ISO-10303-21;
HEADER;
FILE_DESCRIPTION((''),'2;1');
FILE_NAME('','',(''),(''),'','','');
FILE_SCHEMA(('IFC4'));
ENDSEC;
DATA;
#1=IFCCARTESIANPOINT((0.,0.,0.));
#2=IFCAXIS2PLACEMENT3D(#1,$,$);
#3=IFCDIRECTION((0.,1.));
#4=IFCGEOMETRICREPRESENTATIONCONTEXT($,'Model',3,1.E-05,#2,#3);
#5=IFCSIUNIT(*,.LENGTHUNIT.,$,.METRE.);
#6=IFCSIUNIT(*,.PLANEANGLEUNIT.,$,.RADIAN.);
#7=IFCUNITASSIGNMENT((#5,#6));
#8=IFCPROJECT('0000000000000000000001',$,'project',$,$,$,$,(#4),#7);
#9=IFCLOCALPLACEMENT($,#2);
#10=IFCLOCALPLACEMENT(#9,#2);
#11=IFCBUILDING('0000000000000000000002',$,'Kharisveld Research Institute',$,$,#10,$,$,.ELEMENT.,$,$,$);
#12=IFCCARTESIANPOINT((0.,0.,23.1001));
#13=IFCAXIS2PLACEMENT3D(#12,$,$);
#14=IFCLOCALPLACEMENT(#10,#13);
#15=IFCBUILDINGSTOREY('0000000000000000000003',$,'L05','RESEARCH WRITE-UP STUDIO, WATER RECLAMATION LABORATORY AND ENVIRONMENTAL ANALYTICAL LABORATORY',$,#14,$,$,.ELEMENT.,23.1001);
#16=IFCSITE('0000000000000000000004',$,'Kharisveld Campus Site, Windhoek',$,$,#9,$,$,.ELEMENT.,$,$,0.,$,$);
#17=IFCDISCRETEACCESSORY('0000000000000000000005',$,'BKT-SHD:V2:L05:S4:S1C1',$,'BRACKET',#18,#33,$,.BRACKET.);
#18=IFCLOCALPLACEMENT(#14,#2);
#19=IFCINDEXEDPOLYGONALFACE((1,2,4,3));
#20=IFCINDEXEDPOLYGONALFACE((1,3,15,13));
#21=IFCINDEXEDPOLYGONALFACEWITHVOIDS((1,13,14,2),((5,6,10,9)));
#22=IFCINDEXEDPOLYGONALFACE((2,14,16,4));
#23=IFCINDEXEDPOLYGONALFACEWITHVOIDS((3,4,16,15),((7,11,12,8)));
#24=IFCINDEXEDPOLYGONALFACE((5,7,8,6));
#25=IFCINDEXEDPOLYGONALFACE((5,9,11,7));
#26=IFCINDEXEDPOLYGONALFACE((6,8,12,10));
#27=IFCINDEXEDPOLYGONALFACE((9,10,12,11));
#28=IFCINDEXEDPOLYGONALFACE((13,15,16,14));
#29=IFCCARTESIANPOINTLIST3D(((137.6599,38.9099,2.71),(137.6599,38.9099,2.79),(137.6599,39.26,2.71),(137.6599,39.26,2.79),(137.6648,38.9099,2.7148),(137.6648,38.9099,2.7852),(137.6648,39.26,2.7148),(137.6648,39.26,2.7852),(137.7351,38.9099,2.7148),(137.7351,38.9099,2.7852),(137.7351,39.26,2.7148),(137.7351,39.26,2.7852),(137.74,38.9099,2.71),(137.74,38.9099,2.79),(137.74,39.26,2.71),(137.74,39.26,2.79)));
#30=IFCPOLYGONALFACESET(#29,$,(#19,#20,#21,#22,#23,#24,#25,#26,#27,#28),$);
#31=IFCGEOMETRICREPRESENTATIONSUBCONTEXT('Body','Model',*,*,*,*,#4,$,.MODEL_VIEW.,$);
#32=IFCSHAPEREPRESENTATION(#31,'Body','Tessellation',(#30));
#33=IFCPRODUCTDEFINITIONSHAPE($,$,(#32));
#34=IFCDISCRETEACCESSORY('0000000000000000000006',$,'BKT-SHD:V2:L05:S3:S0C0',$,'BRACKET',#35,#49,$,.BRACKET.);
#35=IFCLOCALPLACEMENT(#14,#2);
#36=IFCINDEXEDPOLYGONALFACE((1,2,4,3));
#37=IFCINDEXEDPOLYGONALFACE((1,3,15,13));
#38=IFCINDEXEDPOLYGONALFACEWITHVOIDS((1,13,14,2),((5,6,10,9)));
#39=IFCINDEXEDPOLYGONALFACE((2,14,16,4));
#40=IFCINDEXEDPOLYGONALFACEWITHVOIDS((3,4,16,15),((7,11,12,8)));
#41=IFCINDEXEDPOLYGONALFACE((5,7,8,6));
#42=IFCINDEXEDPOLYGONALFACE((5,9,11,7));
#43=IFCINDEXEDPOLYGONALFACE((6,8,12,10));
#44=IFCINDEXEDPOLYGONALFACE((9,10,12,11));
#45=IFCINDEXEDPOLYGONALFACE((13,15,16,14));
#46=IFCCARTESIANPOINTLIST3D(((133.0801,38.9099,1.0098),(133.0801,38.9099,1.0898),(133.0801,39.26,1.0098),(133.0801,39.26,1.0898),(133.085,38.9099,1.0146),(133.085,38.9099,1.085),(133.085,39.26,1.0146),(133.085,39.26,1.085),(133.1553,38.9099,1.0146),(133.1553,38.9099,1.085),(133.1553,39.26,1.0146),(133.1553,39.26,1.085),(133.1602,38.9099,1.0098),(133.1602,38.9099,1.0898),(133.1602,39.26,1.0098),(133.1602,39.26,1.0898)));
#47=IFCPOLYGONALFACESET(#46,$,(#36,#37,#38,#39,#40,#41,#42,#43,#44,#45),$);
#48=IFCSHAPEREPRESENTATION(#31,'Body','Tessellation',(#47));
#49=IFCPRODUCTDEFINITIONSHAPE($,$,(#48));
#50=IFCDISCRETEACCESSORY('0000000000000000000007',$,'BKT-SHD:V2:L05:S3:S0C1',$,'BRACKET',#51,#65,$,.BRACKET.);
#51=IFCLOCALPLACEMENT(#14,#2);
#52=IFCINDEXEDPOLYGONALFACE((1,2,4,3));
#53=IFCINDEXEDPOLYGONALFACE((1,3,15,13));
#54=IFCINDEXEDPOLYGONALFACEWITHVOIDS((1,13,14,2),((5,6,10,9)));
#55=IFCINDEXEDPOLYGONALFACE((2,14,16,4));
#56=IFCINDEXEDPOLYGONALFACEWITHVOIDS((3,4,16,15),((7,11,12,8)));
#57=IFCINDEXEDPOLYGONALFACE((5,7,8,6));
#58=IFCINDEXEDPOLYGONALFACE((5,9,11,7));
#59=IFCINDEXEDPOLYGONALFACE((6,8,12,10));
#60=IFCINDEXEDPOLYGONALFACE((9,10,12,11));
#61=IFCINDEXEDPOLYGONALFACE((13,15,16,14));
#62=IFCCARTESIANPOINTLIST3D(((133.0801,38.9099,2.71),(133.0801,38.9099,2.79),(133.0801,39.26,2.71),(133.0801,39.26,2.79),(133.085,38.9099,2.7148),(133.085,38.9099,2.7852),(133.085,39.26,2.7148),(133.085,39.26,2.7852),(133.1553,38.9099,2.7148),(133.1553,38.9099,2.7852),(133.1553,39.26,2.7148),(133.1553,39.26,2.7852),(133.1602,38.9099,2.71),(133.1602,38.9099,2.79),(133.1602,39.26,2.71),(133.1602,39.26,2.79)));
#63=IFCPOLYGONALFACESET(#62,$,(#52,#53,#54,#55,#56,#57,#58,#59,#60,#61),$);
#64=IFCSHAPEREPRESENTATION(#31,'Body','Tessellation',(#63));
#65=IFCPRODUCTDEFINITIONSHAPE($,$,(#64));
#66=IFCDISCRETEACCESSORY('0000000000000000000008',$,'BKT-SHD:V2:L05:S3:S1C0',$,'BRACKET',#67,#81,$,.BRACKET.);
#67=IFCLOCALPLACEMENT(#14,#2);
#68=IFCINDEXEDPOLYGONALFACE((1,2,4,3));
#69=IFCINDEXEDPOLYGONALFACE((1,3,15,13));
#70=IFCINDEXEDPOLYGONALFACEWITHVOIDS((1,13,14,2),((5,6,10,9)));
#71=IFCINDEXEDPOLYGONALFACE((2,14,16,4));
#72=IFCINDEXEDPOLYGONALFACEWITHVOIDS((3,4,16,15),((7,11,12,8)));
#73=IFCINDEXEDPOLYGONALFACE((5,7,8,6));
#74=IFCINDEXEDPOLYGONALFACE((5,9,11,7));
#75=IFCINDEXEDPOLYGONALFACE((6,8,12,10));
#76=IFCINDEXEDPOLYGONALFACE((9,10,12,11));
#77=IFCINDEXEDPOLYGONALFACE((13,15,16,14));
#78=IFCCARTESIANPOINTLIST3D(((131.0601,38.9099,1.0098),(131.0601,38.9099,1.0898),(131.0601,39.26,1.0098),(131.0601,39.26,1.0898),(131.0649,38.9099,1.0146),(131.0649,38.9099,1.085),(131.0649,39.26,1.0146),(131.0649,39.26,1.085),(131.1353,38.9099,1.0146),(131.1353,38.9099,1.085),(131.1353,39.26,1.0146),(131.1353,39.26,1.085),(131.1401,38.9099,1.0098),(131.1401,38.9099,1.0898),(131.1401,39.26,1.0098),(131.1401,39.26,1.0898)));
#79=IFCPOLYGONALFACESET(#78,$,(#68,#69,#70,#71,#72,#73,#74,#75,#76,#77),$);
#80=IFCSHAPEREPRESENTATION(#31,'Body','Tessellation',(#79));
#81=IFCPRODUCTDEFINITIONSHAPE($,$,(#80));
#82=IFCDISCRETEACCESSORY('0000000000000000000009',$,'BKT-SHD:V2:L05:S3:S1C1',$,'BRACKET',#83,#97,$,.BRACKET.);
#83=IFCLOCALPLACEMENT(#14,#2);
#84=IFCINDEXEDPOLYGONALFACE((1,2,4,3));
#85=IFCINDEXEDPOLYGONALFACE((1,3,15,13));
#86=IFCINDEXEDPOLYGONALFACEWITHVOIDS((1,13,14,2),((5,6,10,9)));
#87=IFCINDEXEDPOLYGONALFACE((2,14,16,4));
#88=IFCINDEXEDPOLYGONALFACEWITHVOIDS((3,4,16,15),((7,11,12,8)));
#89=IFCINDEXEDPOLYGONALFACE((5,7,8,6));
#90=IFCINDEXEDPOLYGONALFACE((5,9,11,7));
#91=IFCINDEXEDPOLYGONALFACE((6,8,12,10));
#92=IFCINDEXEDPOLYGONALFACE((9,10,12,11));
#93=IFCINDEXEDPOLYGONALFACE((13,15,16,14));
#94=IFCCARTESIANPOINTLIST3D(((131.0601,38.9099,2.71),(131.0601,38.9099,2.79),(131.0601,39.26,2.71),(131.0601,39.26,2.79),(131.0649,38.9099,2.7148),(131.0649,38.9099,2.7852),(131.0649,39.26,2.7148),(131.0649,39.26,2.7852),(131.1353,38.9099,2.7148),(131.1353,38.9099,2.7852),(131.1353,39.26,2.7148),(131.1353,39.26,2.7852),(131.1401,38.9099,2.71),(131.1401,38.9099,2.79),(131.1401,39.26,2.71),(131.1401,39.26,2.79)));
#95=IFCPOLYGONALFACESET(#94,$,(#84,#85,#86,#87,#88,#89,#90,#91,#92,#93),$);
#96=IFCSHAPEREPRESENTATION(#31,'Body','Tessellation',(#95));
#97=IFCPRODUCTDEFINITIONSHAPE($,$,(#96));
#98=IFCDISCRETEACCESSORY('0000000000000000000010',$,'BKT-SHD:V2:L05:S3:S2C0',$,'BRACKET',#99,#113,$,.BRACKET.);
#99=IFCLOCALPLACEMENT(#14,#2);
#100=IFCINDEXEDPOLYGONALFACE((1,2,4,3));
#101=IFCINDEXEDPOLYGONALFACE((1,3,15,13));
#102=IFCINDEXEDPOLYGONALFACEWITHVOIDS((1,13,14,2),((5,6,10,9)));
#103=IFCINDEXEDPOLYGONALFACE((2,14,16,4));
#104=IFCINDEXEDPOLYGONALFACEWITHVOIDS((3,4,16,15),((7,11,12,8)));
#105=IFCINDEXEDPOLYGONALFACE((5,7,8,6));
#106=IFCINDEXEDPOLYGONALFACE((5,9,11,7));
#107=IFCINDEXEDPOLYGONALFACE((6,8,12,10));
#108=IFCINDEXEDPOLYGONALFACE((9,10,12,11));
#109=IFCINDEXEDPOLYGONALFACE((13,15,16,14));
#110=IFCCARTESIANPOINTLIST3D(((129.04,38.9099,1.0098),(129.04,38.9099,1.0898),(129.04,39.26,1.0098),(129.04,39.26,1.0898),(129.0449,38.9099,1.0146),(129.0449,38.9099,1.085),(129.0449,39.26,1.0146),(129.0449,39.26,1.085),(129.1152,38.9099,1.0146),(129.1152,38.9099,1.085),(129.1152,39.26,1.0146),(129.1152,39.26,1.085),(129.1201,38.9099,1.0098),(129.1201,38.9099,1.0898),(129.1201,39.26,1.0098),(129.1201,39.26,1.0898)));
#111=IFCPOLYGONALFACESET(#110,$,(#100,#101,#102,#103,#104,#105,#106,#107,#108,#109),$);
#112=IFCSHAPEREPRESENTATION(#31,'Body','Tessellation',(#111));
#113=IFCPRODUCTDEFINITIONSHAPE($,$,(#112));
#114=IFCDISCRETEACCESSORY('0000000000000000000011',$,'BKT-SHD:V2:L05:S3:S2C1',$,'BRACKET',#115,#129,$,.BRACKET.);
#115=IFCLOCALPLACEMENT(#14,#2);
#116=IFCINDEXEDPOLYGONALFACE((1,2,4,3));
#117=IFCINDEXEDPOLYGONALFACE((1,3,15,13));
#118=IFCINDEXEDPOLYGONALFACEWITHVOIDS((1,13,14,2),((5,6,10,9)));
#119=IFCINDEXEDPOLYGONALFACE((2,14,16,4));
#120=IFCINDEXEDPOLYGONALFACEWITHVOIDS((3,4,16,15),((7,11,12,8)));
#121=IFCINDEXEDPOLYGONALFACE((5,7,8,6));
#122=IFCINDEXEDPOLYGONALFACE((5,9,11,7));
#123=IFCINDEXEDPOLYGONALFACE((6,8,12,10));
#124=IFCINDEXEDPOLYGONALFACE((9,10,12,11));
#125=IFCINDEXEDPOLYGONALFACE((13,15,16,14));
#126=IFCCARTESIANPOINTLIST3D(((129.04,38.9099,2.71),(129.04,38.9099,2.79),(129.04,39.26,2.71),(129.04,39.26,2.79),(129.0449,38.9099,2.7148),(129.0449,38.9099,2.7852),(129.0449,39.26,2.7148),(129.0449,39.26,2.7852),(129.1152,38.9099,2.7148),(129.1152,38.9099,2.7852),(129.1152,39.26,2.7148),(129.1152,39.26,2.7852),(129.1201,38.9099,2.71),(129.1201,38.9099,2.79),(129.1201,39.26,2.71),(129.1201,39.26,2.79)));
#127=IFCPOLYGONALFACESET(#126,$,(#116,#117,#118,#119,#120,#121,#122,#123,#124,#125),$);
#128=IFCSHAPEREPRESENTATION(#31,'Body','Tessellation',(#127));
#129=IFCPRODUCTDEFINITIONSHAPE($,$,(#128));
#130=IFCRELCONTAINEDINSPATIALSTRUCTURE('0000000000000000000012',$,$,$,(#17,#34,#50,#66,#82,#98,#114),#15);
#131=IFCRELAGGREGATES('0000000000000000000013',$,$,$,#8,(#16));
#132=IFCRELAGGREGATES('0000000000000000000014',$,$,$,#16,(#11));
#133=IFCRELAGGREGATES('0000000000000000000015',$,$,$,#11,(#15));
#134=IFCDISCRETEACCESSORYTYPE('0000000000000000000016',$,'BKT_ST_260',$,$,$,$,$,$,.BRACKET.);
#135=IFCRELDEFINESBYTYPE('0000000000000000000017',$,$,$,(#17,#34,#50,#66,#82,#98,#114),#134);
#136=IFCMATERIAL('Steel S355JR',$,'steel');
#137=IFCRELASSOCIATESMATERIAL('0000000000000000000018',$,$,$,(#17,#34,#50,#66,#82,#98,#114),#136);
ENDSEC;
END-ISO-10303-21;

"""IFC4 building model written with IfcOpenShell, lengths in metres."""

from ifc_helpers import new_model, si_unit, direction, frame, origin, origin_2d, place, context, subcontext, project, spatial, hollow_rectangle, extrude, material, type_object, element, save


model = new_model("IFC4")

# Units and contexts
model_context = context("Model", 3, precision=1e-05, world=origin(), true_north=direction((0.0, 1.0)))
body_context = subcontext(model_context, "Body", "Model", "MODEL_VIEW")
ifc_project = project(units=[si_unit("LENGTHUNIT", "METRE"), si_unit("PLANEANGLEUNIT", "RADIAN")], contexts=[model_context])

# Site, building, storey
site_placement = place(None, origin())
site = spatial("IfcSite", under=ifc_project, at=site_placement, Name="Kharisveld Campus Site, Windhoek", CompositionType="ELEMENT", RefElevation=0.0)
building_placement = place(site_placement, origin())
building = spatial("IfcBuilding", under=site, at=building_placement, Name="Kharisveld Research Institute", CompositionType="ELEMENT")
storey_placement = place(building_placement, frame((0.0, 0.0, 23.1001)))
storey = spatial("IfcBuildingStorey", under=building, at=storey_placement, Name="L05", Description="RESEARCH WRITE-UP STUDIO, WATER RECLAMATION LABORATORY AND ENVIRONMENTAL ANALYTICAL LABORATORY", CompositionType="ELEMENT", Elevation=23.1001)

# Discrete accessories
ifc_material_1 = material(Name="Steel S355JR", Category="steel")
discrete_accessory_type = type_object("IfcDiscreteAccessoryType", Name="BKT_ST_260", PredefinedType="BRACKET")
for number, where, z_axis, x_axis, name in (
    (1, (137.7, 39.26, 2.75), (0.0, -1.0, 0.0), (1.0, 0.0, 0.0), "BKT-SHD:V2:L05:S4:S1C1"),
    (2, (133.1201, 39.26, 1.0498), (0.0, -1.0, 0.0), (1.0, 0.0, 0.0), "BKT-SHD:V2:L05:S3:S0C0"),
    (3, (133.1201, 39.26, 2.75), (0.0, -1.0, 0.0), (1.0, 0.0, 0.0), "BKT-SHD:V2:L05:S3:S0C1"),
    (4, (131.1001, 39.26, 1.0498), (0.0, -1.0, 0.0), (1.0, 0.0, 0.0), "BKT-SHD:V2:L05:S3:S1C0"),
    (5, (131.1001, 39.26, 2.75), (0.0, -1.0, 0.0), (1.0, 0.0, 0.0), "BKT-SHD:V2:L05:S3:S1C1"),
    (6, (129.0801, 39.26, 1.0498), (0.0, -1.0, 0.0), (1.0, 0.0, 0.0), "BKT-SHD:V2:L05:S3:S2C0"),
    (7, (129.0801, 39.26, 2.75), (0.0, -1.0, 0.0), (1.0, 0.0, 0.0), "BKT-SHD:V2:L05:S3:S2C1"),
):
    element("IfcDiscreteAccessory", number, at=place(storey_placement, frame(where, z_axis=z_axis, x_axis=x_axis)), inside=storey, type_object=discrete_accessory_type, material=ifc_material_1, Name=name, ObjectType="BRACKET", PredefinedType="BRACKET", context=body_context, shape_type="SweptSolid", body=[
        extrude(hollow_rectangle(XDim=0.0801, YDim=0.0801, WallThickness=0.0049, at=origin_2d()), origin(), (0.0, 0.0, 1.0), 0.3501),
    ])

save(model, "model.ifc")
